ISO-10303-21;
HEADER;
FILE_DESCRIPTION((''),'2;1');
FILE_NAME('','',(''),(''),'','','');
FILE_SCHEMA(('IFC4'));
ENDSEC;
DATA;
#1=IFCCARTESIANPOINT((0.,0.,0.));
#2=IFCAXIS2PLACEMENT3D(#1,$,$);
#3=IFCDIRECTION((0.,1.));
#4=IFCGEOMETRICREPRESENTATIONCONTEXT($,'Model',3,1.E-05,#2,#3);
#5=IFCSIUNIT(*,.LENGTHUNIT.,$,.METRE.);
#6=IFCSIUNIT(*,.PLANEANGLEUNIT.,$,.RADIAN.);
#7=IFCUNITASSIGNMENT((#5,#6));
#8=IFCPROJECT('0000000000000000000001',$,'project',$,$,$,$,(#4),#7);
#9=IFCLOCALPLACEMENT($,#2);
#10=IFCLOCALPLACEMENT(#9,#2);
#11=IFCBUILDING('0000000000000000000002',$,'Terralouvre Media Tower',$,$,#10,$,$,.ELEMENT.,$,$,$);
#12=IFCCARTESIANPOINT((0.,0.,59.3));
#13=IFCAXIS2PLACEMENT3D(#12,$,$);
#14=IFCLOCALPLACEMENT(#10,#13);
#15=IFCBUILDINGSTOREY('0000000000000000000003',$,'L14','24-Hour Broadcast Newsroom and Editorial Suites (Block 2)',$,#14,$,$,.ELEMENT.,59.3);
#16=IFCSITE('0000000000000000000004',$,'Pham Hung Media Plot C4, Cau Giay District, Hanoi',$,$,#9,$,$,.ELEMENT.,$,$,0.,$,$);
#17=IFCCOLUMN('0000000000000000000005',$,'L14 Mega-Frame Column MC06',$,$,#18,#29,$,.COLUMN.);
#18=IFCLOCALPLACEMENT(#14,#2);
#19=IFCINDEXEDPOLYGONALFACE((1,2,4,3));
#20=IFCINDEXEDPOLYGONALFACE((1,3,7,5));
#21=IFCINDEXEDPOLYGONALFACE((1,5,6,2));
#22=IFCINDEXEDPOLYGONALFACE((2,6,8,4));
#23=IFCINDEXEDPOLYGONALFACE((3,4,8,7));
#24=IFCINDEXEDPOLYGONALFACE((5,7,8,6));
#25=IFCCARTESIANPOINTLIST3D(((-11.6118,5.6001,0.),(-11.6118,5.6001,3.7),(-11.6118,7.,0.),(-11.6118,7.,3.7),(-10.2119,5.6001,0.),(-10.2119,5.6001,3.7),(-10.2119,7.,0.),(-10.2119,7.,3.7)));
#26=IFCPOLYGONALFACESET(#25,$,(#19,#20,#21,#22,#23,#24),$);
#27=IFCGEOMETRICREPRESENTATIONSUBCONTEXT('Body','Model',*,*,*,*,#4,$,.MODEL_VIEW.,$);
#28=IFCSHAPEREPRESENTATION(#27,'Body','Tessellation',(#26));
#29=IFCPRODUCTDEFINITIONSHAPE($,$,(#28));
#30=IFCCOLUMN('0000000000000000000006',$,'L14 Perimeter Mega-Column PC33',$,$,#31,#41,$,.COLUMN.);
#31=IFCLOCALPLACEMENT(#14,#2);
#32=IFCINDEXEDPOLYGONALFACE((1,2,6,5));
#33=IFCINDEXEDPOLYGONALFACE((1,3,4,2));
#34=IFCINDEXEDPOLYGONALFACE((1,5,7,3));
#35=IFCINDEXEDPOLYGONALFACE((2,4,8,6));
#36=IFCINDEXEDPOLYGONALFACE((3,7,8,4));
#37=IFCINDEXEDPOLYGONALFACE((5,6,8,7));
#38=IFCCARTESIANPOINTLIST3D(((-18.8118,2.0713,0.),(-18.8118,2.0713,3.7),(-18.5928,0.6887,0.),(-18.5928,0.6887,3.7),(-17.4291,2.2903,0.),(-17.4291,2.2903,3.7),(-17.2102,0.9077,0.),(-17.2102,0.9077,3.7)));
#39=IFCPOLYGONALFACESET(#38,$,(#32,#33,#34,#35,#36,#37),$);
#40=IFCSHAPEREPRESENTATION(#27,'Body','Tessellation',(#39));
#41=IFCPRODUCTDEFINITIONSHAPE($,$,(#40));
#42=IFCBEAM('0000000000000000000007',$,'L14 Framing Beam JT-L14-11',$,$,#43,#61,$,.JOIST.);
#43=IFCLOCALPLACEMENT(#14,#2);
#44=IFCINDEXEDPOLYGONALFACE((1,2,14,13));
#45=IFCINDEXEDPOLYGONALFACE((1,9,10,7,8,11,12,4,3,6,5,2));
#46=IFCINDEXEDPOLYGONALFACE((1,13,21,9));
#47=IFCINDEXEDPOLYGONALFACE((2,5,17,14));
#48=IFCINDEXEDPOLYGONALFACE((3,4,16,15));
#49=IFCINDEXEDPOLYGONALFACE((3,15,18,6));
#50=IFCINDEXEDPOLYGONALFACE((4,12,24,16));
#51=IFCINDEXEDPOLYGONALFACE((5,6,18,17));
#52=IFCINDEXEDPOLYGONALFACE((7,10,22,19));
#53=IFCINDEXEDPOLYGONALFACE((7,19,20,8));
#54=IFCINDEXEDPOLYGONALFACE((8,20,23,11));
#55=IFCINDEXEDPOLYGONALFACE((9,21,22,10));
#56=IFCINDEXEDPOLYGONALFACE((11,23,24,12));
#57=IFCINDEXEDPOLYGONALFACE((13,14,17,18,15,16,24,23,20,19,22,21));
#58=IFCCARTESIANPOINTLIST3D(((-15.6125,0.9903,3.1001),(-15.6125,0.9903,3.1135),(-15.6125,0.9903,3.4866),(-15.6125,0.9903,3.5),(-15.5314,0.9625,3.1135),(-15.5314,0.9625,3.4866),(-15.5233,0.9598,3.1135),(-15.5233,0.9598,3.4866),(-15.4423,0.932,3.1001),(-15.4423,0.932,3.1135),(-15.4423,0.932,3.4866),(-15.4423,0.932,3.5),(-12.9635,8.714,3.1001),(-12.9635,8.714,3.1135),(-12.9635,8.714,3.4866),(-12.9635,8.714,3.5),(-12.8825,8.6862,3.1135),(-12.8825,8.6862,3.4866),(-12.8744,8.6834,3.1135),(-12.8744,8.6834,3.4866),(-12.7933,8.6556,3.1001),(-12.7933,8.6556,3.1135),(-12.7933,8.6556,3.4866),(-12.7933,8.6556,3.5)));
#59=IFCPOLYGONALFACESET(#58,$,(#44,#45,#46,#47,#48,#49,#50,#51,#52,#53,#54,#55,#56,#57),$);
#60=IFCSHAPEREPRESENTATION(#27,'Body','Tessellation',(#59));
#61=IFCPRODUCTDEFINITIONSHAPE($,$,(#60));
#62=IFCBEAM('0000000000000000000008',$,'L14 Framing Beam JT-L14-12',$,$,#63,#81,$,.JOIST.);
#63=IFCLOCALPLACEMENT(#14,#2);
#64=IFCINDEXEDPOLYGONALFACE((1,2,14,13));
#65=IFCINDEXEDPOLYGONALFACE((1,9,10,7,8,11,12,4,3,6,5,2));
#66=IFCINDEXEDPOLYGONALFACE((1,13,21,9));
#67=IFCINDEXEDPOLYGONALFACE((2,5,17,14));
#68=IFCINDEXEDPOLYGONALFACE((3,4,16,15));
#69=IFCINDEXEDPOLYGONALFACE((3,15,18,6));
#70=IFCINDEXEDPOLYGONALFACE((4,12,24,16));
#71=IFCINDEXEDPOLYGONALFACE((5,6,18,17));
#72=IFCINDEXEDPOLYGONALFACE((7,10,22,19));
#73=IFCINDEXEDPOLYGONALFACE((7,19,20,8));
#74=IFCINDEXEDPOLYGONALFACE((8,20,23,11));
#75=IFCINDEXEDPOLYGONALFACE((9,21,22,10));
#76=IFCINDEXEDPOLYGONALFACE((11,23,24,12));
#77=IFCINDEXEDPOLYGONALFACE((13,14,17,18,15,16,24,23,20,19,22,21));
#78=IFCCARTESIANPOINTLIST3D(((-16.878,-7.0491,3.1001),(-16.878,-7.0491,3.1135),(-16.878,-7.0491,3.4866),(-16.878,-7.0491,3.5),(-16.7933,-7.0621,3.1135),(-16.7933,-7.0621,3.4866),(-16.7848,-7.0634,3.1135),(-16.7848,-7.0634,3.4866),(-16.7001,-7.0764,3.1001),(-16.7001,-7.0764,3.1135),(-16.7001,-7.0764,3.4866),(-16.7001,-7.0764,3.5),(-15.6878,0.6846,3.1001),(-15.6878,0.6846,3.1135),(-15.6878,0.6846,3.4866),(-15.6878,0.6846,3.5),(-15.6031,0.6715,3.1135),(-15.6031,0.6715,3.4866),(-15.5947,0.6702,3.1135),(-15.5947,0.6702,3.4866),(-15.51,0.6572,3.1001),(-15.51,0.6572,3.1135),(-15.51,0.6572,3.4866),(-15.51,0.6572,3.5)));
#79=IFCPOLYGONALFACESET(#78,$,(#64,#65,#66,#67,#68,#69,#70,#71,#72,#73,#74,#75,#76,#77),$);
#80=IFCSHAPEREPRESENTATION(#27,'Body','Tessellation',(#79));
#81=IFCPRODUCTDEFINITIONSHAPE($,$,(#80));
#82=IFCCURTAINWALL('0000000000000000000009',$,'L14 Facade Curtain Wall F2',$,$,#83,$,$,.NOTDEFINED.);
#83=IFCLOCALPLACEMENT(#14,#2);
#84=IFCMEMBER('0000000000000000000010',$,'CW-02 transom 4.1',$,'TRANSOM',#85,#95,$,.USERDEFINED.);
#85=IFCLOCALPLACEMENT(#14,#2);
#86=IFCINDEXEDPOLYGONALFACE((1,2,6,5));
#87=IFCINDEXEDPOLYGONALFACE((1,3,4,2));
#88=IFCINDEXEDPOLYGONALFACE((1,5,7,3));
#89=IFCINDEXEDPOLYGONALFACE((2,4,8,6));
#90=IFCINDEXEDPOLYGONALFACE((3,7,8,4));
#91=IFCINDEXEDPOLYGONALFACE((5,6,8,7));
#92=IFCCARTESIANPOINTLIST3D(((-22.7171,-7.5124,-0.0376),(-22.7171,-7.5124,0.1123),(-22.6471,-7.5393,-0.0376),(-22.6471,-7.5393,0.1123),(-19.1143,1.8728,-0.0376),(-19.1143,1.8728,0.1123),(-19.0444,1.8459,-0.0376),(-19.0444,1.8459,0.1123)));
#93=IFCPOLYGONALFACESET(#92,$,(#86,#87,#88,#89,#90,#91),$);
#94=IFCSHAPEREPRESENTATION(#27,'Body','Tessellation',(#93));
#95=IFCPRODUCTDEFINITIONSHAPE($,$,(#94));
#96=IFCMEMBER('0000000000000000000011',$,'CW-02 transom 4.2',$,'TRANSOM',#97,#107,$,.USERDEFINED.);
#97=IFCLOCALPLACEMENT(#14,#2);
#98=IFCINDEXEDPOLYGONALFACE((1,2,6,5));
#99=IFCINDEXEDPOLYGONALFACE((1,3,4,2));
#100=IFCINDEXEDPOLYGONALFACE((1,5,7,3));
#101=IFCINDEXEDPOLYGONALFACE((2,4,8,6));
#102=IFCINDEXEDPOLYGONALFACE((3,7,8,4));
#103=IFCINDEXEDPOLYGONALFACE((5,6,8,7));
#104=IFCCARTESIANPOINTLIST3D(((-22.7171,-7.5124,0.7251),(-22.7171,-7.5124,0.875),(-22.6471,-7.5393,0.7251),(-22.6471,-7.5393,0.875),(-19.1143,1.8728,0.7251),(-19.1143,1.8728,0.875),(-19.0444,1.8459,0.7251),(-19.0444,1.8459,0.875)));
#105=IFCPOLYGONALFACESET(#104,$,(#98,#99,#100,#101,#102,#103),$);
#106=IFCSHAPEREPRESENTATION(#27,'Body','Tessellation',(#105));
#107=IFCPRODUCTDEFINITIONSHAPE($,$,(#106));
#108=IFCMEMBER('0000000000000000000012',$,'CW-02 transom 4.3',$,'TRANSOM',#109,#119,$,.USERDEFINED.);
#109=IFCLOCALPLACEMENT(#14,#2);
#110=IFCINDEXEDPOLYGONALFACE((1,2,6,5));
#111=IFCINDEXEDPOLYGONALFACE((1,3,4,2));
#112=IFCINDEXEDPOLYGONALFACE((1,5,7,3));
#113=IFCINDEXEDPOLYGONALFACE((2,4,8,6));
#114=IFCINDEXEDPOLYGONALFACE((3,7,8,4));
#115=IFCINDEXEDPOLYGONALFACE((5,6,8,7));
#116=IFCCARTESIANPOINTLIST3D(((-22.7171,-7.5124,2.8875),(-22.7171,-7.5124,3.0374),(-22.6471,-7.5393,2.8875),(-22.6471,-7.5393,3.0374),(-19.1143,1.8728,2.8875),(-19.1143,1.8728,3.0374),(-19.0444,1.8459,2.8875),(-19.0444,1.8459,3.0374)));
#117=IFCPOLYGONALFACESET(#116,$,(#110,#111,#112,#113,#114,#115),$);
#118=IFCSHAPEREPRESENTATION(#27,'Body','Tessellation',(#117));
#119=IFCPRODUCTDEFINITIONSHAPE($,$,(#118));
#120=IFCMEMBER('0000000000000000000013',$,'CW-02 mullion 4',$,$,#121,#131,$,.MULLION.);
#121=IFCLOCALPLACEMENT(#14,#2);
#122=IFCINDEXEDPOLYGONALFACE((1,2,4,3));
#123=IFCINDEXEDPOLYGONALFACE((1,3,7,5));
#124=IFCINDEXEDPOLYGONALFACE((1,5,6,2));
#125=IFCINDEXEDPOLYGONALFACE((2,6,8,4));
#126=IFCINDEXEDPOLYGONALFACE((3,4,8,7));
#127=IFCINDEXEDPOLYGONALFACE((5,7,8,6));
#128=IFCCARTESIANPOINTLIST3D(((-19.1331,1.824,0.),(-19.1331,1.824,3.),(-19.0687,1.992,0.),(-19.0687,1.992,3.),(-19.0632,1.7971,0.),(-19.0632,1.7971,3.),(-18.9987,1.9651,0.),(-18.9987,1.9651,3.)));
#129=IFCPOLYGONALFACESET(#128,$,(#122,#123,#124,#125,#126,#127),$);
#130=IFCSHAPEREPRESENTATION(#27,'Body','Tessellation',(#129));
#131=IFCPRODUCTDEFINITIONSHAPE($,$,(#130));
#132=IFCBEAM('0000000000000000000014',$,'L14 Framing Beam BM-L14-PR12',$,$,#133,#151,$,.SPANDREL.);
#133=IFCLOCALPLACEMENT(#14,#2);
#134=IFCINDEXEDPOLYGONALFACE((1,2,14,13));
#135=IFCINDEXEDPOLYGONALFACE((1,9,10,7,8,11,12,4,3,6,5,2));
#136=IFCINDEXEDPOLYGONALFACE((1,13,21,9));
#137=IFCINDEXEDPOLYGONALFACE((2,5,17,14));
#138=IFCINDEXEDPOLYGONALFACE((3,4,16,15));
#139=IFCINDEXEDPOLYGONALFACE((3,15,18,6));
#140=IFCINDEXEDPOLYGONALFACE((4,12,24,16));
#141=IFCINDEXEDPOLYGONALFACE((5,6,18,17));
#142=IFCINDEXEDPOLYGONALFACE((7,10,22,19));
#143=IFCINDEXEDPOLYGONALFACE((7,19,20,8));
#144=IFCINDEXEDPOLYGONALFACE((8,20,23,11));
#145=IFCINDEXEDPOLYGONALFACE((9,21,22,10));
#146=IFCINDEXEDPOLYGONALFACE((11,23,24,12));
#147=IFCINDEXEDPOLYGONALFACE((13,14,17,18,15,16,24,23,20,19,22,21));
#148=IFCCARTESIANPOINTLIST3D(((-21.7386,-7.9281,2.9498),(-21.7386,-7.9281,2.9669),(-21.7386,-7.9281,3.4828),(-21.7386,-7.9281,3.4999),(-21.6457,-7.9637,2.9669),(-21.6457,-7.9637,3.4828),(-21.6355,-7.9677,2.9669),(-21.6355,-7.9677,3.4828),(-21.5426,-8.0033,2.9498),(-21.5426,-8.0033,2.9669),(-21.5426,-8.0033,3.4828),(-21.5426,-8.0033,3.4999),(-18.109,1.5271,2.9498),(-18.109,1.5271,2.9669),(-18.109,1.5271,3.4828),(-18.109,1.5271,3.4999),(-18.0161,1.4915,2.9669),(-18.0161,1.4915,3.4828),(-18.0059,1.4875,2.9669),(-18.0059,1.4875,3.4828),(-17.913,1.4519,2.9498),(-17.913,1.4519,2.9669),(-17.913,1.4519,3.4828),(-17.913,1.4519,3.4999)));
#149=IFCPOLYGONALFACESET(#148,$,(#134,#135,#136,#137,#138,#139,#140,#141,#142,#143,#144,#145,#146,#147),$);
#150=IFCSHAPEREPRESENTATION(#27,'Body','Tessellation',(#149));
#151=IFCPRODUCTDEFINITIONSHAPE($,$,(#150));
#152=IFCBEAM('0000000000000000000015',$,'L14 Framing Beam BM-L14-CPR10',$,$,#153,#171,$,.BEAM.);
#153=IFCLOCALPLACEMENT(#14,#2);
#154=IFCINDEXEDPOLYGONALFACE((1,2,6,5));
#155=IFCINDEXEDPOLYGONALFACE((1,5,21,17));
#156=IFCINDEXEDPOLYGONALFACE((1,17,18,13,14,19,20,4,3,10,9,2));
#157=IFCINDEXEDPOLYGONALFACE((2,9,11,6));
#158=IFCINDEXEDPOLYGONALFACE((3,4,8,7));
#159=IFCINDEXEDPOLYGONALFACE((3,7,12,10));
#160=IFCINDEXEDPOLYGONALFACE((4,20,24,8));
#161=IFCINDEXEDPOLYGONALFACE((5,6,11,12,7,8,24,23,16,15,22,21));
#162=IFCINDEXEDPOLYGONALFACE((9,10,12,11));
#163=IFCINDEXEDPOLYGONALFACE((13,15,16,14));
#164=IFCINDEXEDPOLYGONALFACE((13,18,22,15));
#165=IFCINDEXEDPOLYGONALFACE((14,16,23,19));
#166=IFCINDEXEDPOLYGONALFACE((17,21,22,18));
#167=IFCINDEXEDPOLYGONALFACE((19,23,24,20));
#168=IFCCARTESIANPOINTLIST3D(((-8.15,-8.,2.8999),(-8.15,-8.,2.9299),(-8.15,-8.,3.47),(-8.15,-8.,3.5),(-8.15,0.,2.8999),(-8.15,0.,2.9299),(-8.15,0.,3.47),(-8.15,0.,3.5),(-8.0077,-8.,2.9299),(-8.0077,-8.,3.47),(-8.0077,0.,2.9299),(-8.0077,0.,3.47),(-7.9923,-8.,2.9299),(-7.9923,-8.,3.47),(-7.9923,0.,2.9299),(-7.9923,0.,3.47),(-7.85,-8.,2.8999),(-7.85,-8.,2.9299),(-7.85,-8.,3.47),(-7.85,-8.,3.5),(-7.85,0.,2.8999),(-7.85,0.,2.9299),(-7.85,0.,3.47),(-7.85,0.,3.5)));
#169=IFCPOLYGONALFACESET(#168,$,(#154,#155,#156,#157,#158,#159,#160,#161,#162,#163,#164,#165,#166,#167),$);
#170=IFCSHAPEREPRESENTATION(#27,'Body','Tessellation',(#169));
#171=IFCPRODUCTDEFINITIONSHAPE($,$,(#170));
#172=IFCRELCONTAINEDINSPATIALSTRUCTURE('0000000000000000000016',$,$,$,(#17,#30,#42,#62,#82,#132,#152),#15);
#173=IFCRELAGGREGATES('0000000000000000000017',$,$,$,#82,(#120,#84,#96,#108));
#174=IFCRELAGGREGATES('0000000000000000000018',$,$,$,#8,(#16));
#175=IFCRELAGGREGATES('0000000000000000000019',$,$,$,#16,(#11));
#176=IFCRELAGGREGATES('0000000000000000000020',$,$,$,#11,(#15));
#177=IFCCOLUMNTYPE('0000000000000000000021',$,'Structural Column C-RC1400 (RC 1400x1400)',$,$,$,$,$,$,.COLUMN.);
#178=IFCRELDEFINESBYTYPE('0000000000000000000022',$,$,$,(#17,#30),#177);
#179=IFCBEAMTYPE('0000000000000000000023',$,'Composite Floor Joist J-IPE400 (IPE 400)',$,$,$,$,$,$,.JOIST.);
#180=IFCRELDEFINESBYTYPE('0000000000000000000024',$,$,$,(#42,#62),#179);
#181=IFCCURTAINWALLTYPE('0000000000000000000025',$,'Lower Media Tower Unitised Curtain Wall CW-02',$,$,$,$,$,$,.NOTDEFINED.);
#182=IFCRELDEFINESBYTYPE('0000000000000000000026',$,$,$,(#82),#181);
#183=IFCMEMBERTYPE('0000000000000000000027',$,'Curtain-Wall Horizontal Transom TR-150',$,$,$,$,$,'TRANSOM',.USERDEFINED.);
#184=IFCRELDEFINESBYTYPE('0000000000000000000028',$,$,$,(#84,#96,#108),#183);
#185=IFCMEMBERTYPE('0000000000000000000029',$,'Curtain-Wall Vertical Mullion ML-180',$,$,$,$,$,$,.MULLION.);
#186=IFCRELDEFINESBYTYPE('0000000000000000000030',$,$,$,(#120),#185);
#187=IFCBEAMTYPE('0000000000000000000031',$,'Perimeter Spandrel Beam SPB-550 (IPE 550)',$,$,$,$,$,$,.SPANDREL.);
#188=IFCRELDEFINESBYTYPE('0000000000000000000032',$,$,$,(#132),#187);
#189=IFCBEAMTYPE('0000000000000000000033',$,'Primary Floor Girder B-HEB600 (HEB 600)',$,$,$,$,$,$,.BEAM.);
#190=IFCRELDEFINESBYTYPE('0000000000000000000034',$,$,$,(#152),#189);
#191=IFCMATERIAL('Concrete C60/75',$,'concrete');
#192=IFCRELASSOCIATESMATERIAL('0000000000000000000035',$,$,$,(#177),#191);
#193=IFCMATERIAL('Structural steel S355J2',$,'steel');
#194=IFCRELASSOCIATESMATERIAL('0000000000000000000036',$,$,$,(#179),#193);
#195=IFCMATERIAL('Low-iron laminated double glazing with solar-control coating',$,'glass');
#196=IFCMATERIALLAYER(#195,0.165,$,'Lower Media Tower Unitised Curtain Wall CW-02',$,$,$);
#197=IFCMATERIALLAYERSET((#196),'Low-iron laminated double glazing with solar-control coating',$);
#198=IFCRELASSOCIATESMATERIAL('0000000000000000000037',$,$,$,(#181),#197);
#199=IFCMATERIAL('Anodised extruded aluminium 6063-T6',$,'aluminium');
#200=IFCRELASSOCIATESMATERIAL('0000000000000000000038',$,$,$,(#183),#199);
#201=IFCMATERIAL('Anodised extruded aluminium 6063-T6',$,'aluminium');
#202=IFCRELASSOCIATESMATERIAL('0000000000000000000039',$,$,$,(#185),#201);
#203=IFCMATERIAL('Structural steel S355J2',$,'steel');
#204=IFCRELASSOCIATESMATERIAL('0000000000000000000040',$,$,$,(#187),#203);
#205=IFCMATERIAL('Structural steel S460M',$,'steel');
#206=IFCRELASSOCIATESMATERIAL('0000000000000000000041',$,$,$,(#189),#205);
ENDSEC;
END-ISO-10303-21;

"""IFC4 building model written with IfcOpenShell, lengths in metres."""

from ifc_helpers import new_model, si_unit, direction, frame, origin, origin_2d, place, context, subcontext, project, spatial, rectangle, i_section, extrude, material, layer, layer_set, material_profile, profile_set, type_object, element, aggregate, save


model = new_model("IFC4")

# Units and contexts
model_context = context("Model", 3, precision=1e-05, world=origin(), true_north=direction((0.0, 1.0)))
body_context = subcontext(model_context, "Body", "Model", "MODEL_VIEW")
ifc_project = project(units=[si_unit("LENGTHUNIT", "METRE"), si_unit("PLANEANGLEUNIT", "RADIAN")], contexts=[model_context])

# Site, building, storey
site_placement = place(None, origin())
site = spatial("IfcSite", under=ifc_project, at=site_placement, Name="Pham Hung Media Plot C4, Cau Giay District, Hanoi", CompositionType="ELEMENT", RefElevation=0.0)
building_placement = place(site_placement, origin())
building = spatial("IfcBuilding", under=site, at=building_placement, Name="Terralouvre Media Tower", CompositionType="ELEMENT")
storey_placement = place(building_placement, frame((0.0, 0.0, 59.3)))
storey = spatial("IfcBuildingStorey", under=building, at=storey_placement, Name="L14", Description="24-Hour Broadcast Newsroom and Editorial Suites (Block 2)", CompositionType="ELEMENT", Elevation=59.3)

# Columns
ifc_material_1 = material(Name="Concrete C60/75", Category="concrete")
ifc_material_profile_1 = material_profile(ifc_material_1, rectangle(XDim=1.3999, YDim=1.3999, at=origin_2d()), Name="RC 1400x1400")
ifc_profile_set_1 = profile_set([ifc_material_profile_1], Name="Concrete C60/75")
column_type = type_object("IfcColumnType", Name="Structural Column C-RC1400 (RC 1400x1400)", PredefinedType="COLUMN", material=ifc_profile_set_1)
for number, where, z_axis, x_axis, name in (
    (1, (-10.9119, 6.3, 0.0), (0.0, 0.0, 1.0), (1.0, 0.0, 0.0), "L14 Mega-Frame Column MC06"),
    (2, (-18.011, 1.4895, 0.0), (0.0, 0.0, 1.0), (0.987688, 0.156434, 0.0), "L14 Perimeter Mega-Column PC33"),
):
    element("IfcColumn", number, at=place(storey_placement, frame(where, z_axis=z_axis, x_axis=x_axis)), inside=storey, type_object=column_type, Name=name, PredefinedType="COLUMN", context=body_context, shape_type="SweptSolid", body=[
        extrude(rectangle(XDim=1.3999, YDim=1.3999, at=origin_2d()), origin(), (0.0, 0.0, 1.0), 3.7),
    ])

# Beams
ifc_material_2 = material(Name="Structural steel S355J2", Category="steel")
ifc_material_profile_2 = material_profile(ifc_material_2, i_section(OverallWidth=0.1799, OverallDepth=0.3999, WebThickness=0.0085, FlangeThickness=0.0134, at=origin_2d()), Name="IPE 400")
ifc_profile_set_2 = profile_set([ifc_material_profile_2], Name="Structural steel S355J2")
beam_type_1 = type_object("IfcBeamType", Name="Composite Floor Joist J-IPE400 (IPE 400)", PredefinedType="JOIST", material=ifc_profile_set_2)
beam_1_placement = place(storey_placement, frame((-12.8784, 8.6848, 3.3), z_axis=(-0.324415, -0.945915, 0.0), x_axis=(0.945915, -0.324415, 0.0)))
element("IfcBeam", 3, at=beam_1_placement, inside=storey, type_object=beam_type_1, Name="L14 Framing Beam JT-L14-11", PredefinedType="JOIST", context=body_context, shape_type="SweptSolid", body=[
    extrude(i_section(OverallWidth=0.1799, OverallDepth=0.3999, WebThickness=0.0085, FlangeThickness=0.0134, at=origin_2d()), origin(), (0.0, 0.0, 1.0), 8.1653),
])
beam_2_placement = place(storey_placement, frame((-15.5989, 0.6709, 3.3), z_axis=(-0.152106, -0.988364, 0.0), x_axis=(0.988364, -0.152106, 0.0)))
element("IfcBeam", 4, at=beam_2_placement, inside=storey, type_object=beam_type_1, Name="L14 Framing Beam JT-L14-12", PredefinedType="JOIST", context=body_context, shape_type="SweptSolid", body=[
    extrude(i_section(OverallWidth=0.1799, OverallDepth=0.3999, WebThickness=0.0085, FlangeThickness=0.0134, at=origin_2d()), origin(), (0.0, 0.0, 1.0), 7.8247),
])

# Curtain wall, members
ifc_material_3 = material(Name="Low-iron laminated double glazing with solar-control coating", Category="glass")
ifc_layer_1 = layer(ifc_material_3, 0.165, Name="Lower Media Tower Unitised Curtain Wall CW-02")
ifc_layer_set_1 = layer_set([ifc_layer_1], Name="Low-iron laminated double glazing with solar-control coating")
curtain_wall_type = type_object("IfcCurtainWallType", Name="Lower Media Tower Unitised Curtain Wall CW-02", PredefinedType="NOTDEFINED", material=ifc_layer_set_1)
curtain_wall_placement = place(storey_placement, origin())
curtain_wall = element("IfcCurtainWall", 5, at=curtain_wall_placement, inside=storey, type_object=curtain_wall_type, Name="L14 Facade Curtain Wall F2", PredefinedType="NOTDEFINED")
ifc_material_4 = material(Name="Anodised extruded aluminium 6063-T6", Category="aluminium")
ifc_material_profile_3 = material_profile(ifc_material_4, rectangle(XDim=0.075, YDim=0.1499, at=origin_2d()), Name="ALU 75x150")
ifc_profile_set_3 = profile_set([ifc_material_profile_3], Name="Anodised extruded aluminium 6063-T6")
member_type_1 = type_object("IfcMemberType", Name="Curtain-Wall Horizontal Transom TR-150", ElementType="TRANSOM", PredefinedType="USERDEFINED", material=ifc_profile_set_3)
member_1_placement = place(storey_placement, frame((-19.0793, 1.8594, 0.0374), z_axis=(-0.358379, -0.933576, 0.0), x_axis=(0.933576, -0.358379, 0.0)))
member_1 = element("IfcMember", 6, at=member_1_placement, type_object=member_type_1, Name="CW-02 transom 4.1", ObjectType="TRANSOM", PredefinedType="USERDEFINED", context=body_context, shape_type="SweptSolid", body=[
    extrude(rectangle(XDim=0.075, YDim=0.1499, at=origin_2d()), origin(), (0.0, 0.0, 1.0), 10.053),
])
member_2_placement = place(storey_placement, frame((-19.0793, 1.8594, 0.8), z_axis=(-0.358379, -0.933576, 0.0), x_axis=(0.933576, -0.358379, 0.0)))
member_2 = element("IfcMember", 7, at=member_2_placement, type_object=member_type_1, Name="CW-02 transom 4.2", ObjectType="TRANSOM", PredefinedType="USERDEFINED", context=body_context, shape_type="SweptSolid", body=[
    extrude(rectangle(XDim=0.075, YDim=0.1499, at=origin_2d()), origin(), (0.0, 0.0, 1.0), 10.053),
])
member_3_placement = place(storey_placement, frame((-19.0793, 1.8594, 2.9624), z_axis=(-0.358379, -0.933576, 0.0), x_axis=(0.933576, -0.358379, 0.0)))
member_3 = element("IfcMember", 8, at=member_3_placement, type_object=member_type_1, Name="CW-02 transom 4.3", ObjectType="TRANSOM", PredefinedType="USERDEFINED", context=body_context, shape_type="SweptSolid", body=[
    extrude(rectangle(XDim=0.075, YDim=0.1499, at=origin_2d()), origin(), (0.0, 0.0, 1.0), 10.053),
])
ifc_material_5 = material(Name="Anodised extruded aluminium 6063-T6", Category="aluminium")
ifc_material_profile_4 = material_profile(ifc_material_5, rectangle(XDim=0.075, YDim=0.1799, at=origin_2d()), Name="ALU 75x180")
ifc_profile_set_4 = profile_set([ifc_material_profile_4], Name="Anodised extruded aluminium 6063-T6")
member_type_2 = type_object("IfcMemberType", Name="Curtain-Wall Vertical Mullion ML-180", PredefinedType="MULLION", material=ifc_profile_set_4)
member_4_placement = place(storey_placement, frame((-19.0659, 1.8945, 0.0), z_axis=(0.0, 0.0, 1.0), x_axis=(0.93358, -0.358368, 0.0)))
member_4 = element("IfcMember", 9, at=member_4_placement, type_object=member_type_2, Name="CW-02 mullion 4", PredefinedType="MULLION", context=body_context, shape_type="SweptSolid", body=[
    extrude(rectangle(XDim=0.075, YDim=0.1799, at=origin_2d()), origin(), (0.0, 0.0, 1.0), 3.0),
])

# Beams
ifc_material_6 = material(Name="Structural steel S355J2", Category="steel")
ifc_material_profile_5 = material_profile(ifc_material_6, i_section(OverallWidth=0.21, OverallDepth=0.55, WebThickness=0.011, FlangeThickness=0.0171, at=origin_2d()), Name="IPE 550")
ifc_profile_set_5 = profile_set([ifc_material_profile_5], Name="Structural steel S355J2")
beam_type_2 = type_object("IfcBeamType", Name="Perimeter Spandrel Beam SPB-550 (IPE 550)", PredefinedType="SPANDREL", material=ifc_profile_set_5)
beam_3_placement = place(storey_placement, frame((-18.011, 1.4895, 3.2249), z_axis=(-0.358375, -0.933578, 0.0), x_axis=(0.933578, -0.358375, 0.0)))
element("IfcBeam", 10, at=beam_3_placement, inside=storey, type_object=beam_type_2, Name="L14 Framing Beam BM-L14-PR12", PredefinedType="SPANDREL", context=body_context, shape_type="SweptSolid", body=[
    extrude(i_section(OverallWidth=0.21, OverallDepth=0.55, WebThickness=0.011, FlangeThickness=0.0171, at=origin_2d()), origin(), (0.0, 0.0, 1.0), 10.1279),
])
ifc_material_7 = material(Name="Structural steel S460M", Category="steel")
ifc_material_profile_6 = material_profile(ifc_material_7, i_section(OverallWidth=0.3, OverallDepth=0.6001, WebThickness=0.0154, FlangeThickness=0.03, at=origin_2d()), Name="HEB 600")
ifc_profile_set_6 = profile_set([ifc_material_profile_6], Name="Structural steel S460M")
beam_type_3 = type_object("IfcBeamType", Name="Primary Floor Girder B-HEB600 (HEB 600)", PredefinedType="BEAM", material=ifc_profile_set_6)
beam_4_placement = place(storey_placement, frame((-8.0, 0.0, 3.2), z_axis=(0.0, -1.0, 0.0), x_axis=(1.0, 0.0, 0.0)))
element("IfcBeam", 11, at=beam_4_placement, inside=storey, type_object=beam_type_3, Name="L14 Framing Beam BM-L14-CPR10", PredefinedType="BEAM", context=body_context, shape_type="SweptSolid", body=[
    extrude(i_section(OverallWidth=0.3, OverallDepth=0.6001, WebThickness=0.0154, FlangeThickness=0.03, at=origin_2d()), origin(), (0.0, 0.0, 1.0), 8.0),
])

aggregate(curtain_wall, [member_4, member_1, member_2, member_3])

save(model, "model.ifc")
